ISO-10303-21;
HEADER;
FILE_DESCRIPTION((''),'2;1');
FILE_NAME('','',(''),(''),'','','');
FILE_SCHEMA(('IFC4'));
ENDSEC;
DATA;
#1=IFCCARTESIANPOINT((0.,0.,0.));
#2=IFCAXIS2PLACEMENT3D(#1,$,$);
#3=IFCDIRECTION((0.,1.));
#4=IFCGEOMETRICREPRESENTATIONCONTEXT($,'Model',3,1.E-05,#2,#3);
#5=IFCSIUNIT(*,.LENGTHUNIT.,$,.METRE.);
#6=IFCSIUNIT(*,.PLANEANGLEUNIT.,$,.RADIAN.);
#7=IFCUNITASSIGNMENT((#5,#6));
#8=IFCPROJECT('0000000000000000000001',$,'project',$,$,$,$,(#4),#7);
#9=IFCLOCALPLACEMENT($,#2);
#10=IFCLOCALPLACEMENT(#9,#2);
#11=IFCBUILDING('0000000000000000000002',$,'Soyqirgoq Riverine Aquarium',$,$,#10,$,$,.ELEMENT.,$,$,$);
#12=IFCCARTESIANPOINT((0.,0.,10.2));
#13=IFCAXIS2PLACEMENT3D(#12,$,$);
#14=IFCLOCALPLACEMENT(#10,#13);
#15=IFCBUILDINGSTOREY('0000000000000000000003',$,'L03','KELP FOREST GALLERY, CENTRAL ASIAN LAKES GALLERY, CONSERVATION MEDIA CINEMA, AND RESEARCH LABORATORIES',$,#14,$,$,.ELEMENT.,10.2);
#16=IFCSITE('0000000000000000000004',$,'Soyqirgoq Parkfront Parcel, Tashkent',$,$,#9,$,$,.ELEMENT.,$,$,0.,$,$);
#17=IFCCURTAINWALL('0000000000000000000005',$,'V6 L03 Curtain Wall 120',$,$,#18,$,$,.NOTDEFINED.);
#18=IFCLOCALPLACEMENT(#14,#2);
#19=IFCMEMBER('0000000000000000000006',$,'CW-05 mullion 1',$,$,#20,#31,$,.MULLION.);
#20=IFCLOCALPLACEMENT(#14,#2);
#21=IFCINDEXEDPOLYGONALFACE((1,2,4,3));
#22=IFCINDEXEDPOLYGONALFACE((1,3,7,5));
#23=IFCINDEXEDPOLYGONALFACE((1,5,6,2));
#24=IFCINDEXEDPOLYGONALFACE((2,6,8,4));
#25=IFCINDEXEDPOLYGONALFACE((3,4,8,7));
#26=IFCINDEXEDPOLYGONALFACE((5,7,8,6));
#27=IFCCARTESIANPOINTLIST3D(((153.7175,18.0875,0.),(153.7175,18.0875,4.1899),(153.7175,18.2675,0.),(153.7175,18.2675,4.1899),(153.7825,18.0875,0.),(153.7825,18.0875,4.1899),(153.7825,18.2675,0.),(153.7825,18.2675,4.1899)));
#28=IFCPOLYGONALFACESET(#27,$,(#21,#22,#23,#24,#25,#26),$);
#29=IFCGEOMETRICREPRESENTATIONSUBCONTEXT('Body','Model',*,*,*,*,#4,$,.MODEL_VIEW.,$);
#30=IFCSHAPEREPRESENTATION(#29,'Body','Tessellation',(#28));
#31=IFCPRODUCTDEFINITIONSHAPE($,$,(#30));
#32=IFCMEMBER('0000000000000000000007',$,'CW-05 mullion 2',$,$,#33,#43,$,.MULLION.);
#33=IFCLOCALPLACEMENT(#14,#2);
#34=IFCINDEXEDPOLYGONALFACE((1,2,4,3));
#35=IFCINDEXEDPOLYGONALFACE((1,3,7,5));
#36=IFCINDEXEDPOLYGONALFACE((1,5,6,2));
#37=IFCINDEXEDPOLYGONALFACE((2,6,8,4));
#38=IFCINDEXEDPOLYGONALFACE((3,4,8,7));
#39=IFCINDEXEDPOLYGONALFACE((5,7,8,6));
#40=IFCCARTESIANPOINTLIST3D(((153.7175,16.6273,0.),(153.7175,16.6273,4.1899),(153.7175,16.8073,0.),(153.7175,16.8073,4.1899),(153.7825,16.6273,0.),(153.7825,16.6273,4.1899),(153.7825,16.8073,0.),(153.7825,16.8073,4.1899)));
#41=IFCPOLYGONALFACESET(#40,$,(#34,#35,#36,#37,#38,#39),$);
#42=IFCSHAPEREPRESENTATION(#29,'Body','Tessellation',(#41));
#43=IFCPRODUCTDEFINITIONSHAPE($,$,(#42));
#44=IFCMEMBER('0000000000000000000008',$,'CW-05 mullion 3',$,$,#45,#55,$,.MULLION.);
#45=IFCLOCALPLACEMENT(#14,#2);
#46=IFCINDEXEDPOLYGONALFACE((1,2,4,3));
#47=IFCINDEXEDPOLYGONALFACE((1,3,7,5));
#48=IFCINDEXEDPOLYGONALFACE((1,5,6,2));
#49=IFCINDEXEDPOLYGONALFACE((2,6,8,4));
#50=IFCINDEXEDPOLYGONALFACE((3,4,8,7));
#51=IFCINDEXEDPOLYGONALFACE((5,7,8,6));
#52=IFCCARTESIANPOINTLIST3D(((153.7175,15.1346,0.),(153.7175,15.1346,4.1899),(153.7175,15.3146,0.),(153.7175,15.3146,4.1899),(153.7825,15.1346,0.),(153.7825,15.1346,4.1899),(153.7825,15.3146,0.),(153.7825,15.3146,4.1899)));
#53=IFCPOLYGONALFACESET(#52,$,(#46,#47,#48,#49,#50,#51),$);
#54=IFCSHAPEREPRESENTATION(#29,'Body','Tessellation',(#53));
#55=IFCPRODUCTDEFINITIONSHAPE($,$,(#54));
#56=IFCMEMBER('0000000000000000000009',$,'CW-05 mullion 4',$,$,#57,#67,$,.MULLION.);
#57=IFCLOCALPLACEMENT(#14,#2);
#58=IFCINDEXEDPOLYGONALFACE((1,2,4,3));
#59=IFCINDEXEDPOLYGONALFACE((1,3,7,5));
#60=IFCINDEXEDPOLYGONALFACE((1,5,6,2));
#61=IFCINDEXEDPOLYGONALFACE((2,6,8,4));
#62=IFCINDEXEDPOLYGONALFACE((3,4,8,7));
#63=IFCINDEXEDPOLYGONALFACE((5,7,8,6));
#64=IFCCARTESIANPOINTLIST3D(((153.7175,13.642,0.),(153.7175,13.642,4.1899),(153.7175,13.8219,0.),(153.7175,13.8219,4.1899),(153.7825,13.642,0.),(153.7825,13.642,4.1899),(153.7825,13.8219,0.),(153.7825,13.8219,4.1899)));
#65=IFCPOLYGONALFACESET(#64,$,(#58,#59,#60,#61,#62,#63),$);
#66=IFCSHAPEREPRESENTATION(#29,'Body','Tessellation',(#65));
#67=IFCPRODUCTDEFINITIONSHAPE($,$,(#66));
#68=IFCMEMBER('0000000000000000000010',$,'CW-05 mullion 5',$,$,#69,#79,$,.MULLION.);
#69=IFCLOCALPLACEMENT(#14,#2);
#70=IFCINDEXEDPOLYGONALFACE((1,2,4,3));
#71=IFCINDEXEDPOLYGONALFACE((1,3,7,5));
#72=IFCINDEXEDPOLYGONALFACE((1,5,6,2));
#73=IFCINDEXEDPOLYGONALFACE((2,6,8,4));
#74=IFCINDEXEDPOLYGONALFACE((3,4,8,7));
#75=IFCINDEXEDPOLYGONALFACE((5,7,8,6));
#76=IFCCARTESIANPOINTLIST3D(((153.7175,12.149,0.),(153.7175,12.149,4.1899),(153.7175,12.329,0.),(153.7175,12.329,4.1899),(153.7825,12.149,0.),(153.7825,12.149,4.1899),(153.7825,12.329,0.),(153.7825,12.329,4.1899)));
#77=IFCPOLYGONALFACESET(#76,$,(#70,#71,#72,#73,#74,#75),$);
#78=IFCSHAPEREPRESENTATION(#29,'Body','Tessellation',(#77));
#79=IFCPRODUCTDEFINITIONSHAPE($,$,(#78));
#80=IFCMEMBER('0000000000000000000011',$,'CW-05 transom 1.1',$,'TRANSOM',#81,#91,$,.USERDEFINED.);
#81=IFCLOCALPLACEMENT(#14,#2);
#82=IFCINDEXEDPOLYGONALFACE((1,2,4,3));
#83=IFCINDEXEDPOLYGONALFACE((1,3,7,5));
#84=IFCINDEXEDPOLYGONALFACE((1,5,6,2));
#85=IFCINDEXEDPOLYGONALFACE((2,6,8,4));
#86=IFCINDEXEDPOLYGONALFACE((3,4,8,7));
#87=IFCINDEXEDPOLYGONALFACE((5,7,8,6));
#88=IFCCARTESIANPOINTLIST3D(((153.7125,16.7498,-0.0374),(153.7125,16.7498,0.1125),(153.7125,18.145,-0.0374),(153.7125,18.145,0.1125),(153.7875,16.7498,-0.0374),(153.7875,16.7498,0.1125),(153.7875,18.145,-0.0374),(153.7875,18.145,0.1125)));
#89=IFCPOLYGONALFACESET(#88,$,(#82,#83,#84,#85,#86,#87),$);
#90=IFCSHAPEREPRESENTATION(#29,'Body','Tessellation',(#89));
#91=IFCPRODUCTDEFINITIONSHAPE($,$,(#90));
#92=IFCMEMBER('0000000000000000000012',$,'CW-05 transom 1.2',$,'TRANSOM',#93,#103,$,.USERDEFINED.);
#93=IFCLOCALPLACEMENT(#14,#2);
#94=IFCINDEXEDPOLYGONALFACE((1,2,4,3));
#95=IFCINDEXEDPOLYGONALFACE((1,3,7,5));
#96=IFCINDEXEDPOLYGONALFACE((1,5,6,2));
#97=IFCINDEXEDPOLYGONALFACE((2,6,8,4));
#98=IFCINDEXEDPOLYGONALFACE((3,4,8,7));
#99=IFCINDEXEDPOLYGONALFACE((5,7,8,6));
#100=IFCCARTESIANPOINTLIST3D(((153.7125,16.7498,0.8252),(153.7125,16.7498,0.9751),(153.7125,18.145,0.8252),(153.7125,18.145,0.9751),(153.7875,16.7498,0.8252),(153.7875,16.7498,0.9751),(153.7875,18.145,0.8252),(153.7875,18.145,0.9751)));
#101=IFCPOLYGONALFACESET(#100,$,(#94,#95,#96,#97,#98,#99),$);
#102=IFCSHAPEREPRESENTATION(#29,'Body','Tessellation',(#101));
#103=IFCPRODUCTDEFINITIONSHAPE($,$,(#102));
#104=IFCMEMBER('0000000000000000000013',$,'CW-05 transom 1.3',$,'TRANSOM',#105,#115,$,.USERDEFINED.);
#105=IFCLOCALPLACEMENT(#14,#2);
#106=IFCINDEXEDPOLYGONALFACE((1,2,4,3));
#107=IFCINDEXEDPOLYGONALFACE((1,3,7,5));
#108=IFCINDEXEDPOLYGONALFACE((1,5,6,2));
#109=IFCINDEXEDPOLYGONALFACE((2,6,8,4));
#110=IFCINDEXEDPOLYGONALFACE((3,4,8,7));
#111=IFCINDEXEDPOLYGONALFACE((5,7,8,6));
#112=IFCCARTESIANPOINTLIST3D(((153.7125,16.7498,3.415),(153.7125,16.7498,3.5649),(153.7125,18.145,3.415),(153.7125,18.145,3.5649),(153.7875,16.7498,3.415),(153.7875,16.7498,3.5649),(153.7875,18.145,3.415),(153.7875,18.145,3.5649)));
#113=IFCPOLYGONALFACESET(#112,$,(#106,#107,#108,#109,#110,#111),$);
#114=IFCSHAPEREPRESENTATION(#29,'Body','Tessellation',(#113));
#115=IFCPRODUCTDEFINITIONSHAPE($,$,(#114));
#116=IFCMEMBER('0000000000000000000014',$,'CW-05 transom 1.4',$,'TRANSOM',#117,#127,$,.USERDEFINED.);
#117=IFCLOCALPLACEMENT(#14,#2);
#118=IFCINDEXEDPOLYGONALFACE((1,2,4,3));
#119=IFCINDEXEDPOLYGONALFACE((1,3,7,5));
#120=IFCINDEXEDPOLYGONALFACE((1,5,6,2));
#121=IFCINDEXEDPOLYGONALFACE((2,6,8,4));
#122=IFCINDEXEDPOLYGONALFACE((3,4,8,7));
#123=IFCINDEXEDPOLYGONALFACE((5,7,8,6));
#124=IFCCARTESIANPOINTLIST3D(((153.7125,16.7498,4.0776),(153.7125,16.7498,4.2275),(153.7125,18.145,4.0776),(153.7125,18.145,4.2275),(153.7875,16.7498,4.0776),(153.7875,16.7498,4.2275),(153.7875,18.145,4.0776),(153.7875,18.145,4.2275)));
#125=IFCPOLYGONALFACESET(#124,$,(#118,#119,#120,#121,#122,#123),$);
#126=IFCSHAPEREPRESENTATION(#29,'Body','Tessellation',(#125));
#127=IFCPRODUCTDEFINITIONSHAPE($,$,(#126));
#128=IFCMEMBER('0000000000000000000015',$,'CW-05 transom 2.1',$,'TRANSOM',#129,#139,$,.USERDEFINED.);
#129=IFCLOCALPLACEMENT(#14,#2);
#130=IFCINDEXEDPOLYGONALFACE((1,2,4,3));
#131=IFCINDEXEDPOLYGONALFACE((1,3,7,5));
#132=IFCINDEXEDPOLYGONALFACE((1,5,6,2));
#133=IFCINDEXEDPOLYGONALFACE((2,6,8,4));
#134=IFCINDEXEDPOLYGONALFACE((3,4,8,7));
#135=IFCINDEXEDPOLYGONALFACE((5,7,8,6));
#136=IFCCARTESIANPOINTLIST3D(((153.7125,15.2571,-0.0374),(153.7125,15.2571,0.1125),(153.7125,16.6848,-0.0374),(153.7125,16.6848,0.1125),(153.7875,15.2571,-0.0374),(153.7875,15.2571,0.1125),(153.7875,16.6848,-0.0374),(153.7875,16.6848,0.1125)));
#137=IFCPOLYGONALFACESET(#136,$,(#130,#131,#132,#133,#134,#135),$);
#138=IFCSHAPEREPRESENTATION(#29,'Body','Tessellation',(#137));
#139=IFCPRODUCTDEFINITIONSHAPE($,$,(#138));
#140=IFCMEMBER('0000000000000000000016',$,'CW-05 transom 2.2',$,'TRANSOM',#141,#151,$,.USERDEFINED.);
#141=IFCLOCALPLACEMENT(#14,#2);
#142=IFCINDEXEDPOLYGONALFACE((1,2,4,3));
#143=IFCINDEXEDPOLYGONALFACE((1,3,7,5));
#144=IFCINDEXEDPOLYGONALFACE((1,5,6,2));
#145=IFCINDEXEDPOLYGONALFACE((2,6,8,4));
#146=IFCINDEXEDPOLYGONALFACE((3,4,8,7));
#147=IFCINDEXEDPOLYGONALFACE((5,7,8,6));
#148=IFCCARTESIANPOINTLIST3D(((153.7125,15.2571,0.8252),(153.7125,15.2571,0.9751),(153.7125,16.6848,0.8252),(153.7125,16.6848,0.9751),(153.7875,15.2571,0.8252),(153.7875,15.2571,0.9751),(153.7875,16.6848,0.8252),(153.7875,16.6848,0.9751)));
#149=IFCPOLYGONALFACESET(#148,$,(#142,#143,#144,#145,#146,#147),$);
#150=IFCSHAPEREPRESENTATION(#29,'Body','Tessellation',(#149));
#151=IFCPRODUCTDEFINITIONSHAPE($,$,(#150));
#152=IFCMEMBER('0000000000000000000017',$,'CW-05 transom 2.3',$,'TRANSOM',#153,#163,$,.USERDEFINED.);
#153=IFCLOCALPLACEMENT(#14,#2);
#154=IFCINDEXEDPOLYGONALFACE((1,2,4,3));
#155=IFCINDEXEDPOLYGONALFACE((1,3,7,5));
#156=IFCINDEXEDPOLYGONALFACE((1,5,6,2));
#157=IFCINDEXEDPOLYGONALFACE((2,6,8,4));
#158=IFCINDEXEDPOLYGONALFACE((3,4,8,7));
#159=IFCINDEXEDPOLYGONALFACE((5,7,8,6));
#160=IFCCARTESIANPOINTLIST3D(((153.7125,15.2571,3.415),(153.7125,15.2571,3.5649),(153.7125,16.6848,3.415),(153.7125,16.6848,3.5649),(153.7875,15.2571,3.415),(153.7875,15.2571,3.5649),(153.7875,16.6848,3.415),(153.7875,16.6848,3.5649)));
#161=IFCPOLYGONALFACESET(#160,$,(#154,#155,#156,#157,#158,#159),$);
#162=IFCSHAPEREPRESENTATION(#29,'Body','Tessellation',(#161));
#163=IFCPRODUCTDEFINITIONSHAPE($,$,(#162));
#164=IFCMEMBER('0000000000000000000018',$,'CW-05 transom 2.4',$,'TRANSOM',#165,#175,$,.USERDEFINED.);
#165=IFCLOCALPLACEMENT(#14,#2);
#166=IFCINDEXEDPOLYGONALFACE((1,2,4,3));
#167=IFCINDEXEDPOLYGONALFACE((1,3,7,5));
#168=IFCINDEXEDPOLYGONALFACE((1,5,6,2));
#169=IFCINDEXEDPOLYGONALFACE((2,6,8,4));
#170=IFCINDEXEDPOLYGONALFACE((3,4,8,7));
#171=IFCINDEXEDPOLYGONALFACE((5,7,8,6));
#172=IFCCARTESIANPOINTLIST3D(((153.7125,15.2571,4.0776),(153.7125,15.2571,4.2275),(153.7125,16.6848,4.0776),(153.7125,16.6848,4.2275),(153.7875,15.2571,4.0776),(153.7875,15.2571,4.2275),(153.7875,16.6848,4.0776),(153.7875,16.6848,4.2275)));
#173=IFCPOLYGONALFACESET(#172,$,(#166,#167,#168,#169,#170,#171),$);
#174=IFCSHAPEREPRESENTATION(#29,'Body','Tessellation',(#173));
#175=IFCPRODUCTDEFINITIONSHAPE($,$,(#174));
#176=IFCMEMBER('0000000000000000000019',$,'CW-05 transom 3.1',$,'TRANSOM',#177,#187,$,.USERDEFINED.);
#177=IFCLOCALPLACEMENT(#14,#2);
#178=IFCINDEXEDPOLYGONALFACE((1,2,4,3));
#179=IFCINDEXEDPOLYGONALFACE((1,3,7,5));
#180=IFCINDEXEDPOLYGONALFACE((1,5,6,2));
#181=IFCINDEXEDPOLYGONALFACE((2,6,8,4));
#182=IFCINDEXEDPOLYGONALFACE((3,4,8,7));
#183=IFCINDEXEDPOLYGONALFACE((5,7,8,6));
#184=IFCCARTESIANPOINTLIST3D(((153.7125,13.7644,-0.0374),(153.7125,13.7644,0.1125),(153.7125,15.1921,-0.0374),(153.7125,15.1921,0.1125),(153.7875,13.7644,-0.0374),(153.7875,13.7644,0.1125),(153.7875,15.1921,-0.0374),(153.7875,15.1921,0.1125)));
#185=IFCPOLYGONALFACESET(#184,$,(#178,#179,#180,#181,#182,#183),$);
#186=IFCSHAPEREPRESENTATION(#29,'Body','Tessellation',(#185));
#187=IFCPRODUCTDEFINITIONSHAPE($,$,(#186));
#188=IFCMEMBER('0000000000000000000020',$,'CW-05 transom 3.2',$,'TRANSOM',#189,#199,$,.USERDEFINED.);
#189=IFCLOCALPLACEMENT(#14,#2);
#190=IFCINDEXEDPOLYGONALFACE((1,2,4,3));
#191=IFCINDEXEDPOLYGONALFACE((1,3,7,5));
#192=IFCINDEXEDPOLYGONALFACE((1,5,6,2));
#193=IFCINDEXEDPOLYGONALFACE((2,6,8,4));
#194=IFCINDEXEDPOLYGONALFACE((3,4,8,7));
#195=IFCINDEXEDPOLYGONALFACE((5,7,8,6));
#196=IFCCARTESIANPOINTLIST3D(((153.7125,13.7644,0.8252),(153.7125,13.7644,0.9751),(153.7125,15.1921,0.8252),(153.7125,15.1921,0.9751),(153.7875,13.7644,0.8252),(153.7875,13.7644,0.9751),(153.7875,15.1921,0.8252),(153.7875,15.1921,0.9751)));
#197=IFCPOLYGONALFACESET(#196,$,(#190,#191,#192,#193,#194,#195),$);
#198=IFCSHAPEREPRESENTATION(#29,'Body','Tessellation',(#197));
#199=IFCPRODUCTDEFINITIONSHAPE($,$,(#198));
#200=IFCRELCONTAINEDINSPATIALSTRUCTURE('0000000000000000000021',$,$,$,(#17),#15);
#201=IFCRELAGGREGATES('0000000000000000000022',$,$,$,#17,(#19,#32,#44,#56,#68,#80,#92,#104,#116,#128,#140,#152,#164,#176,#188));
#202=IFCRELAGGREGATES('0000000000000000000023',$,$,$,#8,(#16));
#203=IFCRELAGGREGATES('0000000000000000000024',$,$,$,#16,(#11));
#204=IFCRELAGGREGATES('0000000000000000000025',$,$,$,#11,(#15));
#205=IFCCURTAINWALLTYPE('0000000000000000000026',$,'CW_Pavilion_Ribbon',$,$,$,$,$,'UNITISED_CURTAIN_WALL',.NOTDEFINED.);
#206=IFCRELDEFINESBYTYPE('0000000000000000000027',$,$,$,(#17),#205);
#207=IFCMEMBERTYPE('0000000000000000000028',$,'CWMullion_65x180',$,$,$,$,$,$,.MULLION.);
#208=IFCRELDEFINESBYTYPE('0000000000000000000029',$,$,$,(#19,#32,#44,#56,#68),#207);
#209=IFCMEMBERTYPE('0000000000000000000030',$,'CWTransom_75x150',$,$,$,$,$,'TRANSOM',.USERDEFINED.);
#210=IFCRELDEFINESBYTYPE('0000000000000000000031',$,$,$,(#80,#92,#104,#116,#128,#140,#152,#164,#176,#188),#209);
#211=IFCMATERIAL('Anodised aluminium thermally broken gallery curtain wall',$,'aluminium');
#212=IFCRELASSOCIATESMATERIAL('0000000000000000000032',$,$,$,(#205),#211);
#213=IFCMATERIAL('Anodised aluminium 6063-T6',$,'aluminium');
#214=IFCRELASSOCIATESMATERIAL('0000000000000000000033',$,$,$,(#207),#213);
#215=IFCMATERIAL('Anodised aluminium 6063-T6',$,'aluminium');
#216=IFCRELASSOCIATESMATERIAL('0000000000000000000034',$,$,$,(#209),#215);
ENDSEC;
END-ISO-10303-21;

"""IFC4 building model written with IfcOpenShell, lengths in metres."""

from ifc_helpers import new_model, si_unit, direction, frame, origin, origin_2d, place, context, subcontext, project, spatial, rectangle, extrude, material, material_profile, profile_set, type_object, element, aggregate, save


model = new_model("IFC4")

# Units and contexts
model_context = context("Model", 3, precision=1e-05, world=origin(), true_north=direction((0.0, 1.0)))
body_context = subcontext(model_context, "Body", "Model", "MODEL_VIEW")
ifc_project = project(units=[si_unit("LENGTHUNIT", "METRE"), si_unit("PLANEANGLEUNIT", "RADIAN")], contexts=[model_context])

# Site, building, storey
site_placement = place(None, origin())
site = spatial("IfcSite", under=ifc_project, at=site_placement, Name="Soyqirgoq Parkfront Parcel, Tashkent", CompositionType="ELEMENT", RefElevation=0.0)
building_placement = place(site_placement, origin())
building = spatial("IfcBuilding", under=site, at=building_placement, Name="Soyqirgoq Riverine Aquarium", CompositionType="ELEMENT")
storey_placement = place(building_placement, frame((0.0, 0.0, 10.2)))
storey = spatial("IfcBuildingStorey", under=building, at=storey_placement, Name="L03", Description="KELP FOREST GALLERY, CENTRAL ASIAN LAKES GALLERY, CONSERVATION MEDIA CINEMA, AND RESEARCH LABORATORIES", CompositionType="ELEMENT", Elevation=10.2)

# Curtain wall, members
ifc_material_1 = material(Name="Anodised aluminium thermally broken gallery curtain wall", Category="aluminium")
curtain_wall_type = type_object("IfcCurtainWallType", Name="CW_Pavilion_Ribbon", ElementType="UNITISED_CURTAIN_WALL", PredefinedType="NOTDEFINED", material=ifc_material_1)
curtain_wall_placement = place(storey_placement, origin())
curtain_wall = element("IfcCurtainWall", 1, at=curtain_wall_placement, inside=storey, type_object=curtain_wall_type, Name="V6 L03 Curtain Wall 120", PredefinedType="NOTDEFINED")
ifc_material_2 = material(Name="Anodised aluminium 6063-T6", Category="aluminium")
ifc_material_profile_1 = material_profile(ifc_material_2, rectangle(XDim=0.0649, YDim=0.1799, at=origin_2d()), Name="ALU-M 65x180")
ifc_profile_set_1 = profile_set([ifc_material_profile_1], Name="Anodised aluminium 6063-T6")
member_type_1 = type_object("IfcMemberType", Name="CWMullion_65x180", PredefinedType="MULLION", material=ifc_profile_set_1)
member_1_placement = place(storey_placement, frame((153.75, 18.1775, 0.0), z_axis=(0.0, 0.0, 1.0), x_axis=(1.0, 0.0, 0.0)))
member_1 = element("IfcMember", 2, at=member_1_placement, type_object=member_type_1, Name="CW-05 mullion 1", PredefinedType="MULLION", context=body_context, shape_type="SweptSolid", body=[
    extrude(rectangle(XDim=0.0649, YDim=0.1799, at=origin_2d()), origin(), (0.0, 0.0, 1.0), 4.1899),
])
member_2_placement = place(storey_placement, frame((153.75, 16.7173, 0.0), z_axis=(0.0, 0.0, 1.0), x_axis=(1.0, 0.0, 0.0)))
member_2 = element("IfcMember", 3, at=member_2_placement, type_object=member_type_1, Name="CW-05 mullion 2", PredefinedType="MULLION", context=body_context, shape_type="SweptSolid", body=[
    extrude(rectangle(XDim=0.0649, YDim=0.1799, at=origin_2d()), origin(), (0.0, 0.0, 1.0), 4.1899),
])
member_3_placement = place(storey_placement, frame((153.75, 15.2246, 0.0), z_axis=(0.0, 0.0, 1.0), x_axis=(1.0, 0.0, 0.0)))
member_3 = element("IfcMember", 4, at=member_3_placement, type_object=member_type_1, Name="CW-05 mullion 3", PredefinedType="MULLION", context=body_context, shape_type="SweptSolid", body=[
    extrude(rectangle(XDim=0.0649, YDim=0.1799, at=origin_2d()), origin(), (0.0, 0.0, 1.0), 4.1899),
])
member_4_placement = place(storey_placement, frame((153.75, 13.7319, 0.0), z_axis=(0.0, 0.0, 1.0), x_axis=(1.0, 0.0, 0.0)))
member_4 = element("IfcMember", 5, at=member_4_placement, type_object=member_type_1, Name="CW-05 mullion 4", PredefinedType="MULLION", context=body_context, shape_type="SweptSolid", body=[
    extrude(rectangle(XDim=0.0649, YDim=0.1799, at=origin_2d()), origin(), (0.0, 0.0, 1.0), 4.1899),
])
member_5_placement = place(storey_placement, frame((153.75, 12.239, 0.0), z_axis=(0.0, 0.0, 1.0), x_axis=(1.0, 0.0, 0.0)))
member_5 = element("IfcMember", 6, at=member_5_placement, type_object=member_type_1, Name="CW-05 mullion 5", PredefinedType="MULLION", context=body_context, shape_type="SweptSolid", body=[
    extrude(rectangle(XDim=0.0649, YDim=0.1799, at=origin_2d()), origin(), (0.0, 0.0, 1.0), 4.1899),
])
ifc_material_3 = material(Name="Anodised aluminium 6063-T6", Category="aluminium")
ifc_material_profile_2 = material_profile(ifc_material_3, rectangle(XDim=0.075, YDim=0.1499, at=origin_2d()), Name="ALU-T 75x150")
ifc_profile_set_2 = profile_set([ifc_material_profile_2], Name="Anodised aluminium 6063-T6")
member_type_2 = type_object("IfcMemberType", Name="CWTransom_75x150", ElementType="TRANSOM", PredefinedType="USERDEFINED", material=ifc_profile_set_2)
member_6_placement = place(storey_placement, frame((153.75, 18.145, 0.0376), z_axis=(0.0, -1.0, 0.0), x_axis=(1.0, 0.0, 0.0)))
member_6 = element("IfcMember", 7, at=member_6_placement, type_object=member_type_2, Name="CW-05 transom 1.1", ObjectType="TRANSOM", PredefinedType="USERDEFINED", context=body_context, shape_type="SweptSolid", body=[
    extrude(rectangle(XDim=0.075, YDim=0.1499, at=origin_2d()), origin(), (0.0, 0.0, 1.0), 1.3953),
])
member_7_placement = place(storey_placement, frame((153.75, 18.145, 0.9001), z_axis=(0.0, -1.0, 0.0), x_axis=(1.0, 0.0, 0.0)))
member_7 = element("IfcMember", 8, at=member_7_placement, type_object=member_type_2, Name="CW-05 transom 1.2", ObjectType="TRANSOM", PredefinedType="USERDEFINED", context=body_context, shape_type="SweptSolid", body=[
    extrude(rectangle(XDim=0.075, YDim=0.1499, at=origin_2d()), origin(), (0.0, 0.0, 1.0), 1.3953),
])
member_8_placement = place(storey_placement, frame((153.75, 18.145, 3.49), z_axis=(0.0, -1.0, 0.0), x_axis=(1.0, 0.0, 0.0)))
member_8 = element("IfcMember", 9, at=member_8_placement, type_object=member_type_2, Name="CW-05 transom 1.3", ObjectType="TRANSOM", PredefinedType="USERDEFINED", context=body_context, shape_type="SweptSolid", body=[
    extrude(rectangle(XDim=0.075, YDim=0.1499, at=origin_2d()), origin(), (0.0, 0.0, 1.0), 1.3953),
])
member_9_placement = place(storey_placement, frame((153.75, 18.145, 4.1526), z_axis=(0.0, -1.0, 0.0), x_axis=(1.0, 0.0, 0.0)))
member_9 = element("IfcMember", 10, at=member_9_placement, type_object=member_type_2, Name="CW-05 transom 1.4", ObjectType="TRANSOM", PredefinedType="USERDEFINED", context=body_context, shape_type="SweptSolid", body=[
    extrude(rectangle(XDim=0.075, YDim=0.1499, at=origin_2d()), origin(), (0.0, 0.0, 1.0), 1.3953),
])
member_10_placement = place(storey_placement, frame((153.75, 16.6848, 0.0376), z_axis=(0.0, -1.0, 0.0), x_axis=(1.0, 0.0, 0.0)))
member_10 = element("IfcMember", 11, at=member_10_placement, type_object=member_type_2, Name="CW-05 transom 2.1", ObjectType="TRANSOM", PredefinedType="USERDEFINED", context=body_context, shape_type="SweptSolid", body=[
    extrude(rectangle(XDim=0.075, YDim=0.1499, at=origin_2d()), origin(), (0.0, 0.0, 1.0), 1.4277),
])
member_11_placement = place(storey_placement, frame((153.75, 16.6848, 0.9001), z_axis=(0.0, -1.0, 0.0), x_axis=(1.0, 0.0, 0.0)))
member_11 = element("IfcMember", 12, at=member_11_placement, type_object=member_type_2, Name="CW-05 transom 2.2", ObjectType="TRANSOM", PredefinedType="USERDEFINED", context=body_context, shape_type="SweptSolid", body=[
    extrude(rectangle(XDim=0.075, YDim=0.1499, at=origin_2d()), origin(), (0.0, 0.0, 1.0), 1.4277),
])
member_12_placement = place(storey_placement, frame((153.75, 16.6848, 3.49), z_axis=(0.0, -1.0, 0.0), x_axis=(1.0, 0.0, 0.0)))
member_12 = element("IfcMember", 13, at=member_12_placement, type_object=member_type_2, Name="CW-05 transom 2.3", ObjectType="TRANSOM", PredefinedType="USERDEFINED", context=body_context, shape_type="SweptSolid", body=[
    extrude(rectangle(XDim=0.075, YDim=0.1499, at=origin_2d()), origin(), (0.0, 0.0, 1.0), 1.4277),
])
member_13_placement = place(storey_placement, frame((153.75, 16.6848, 4.1526), z_axis=(0.0, -1.0, 0.0), x_axis=(1.0, 0.0, 0.0)))
member_13 = element("IfcMember", 14, at=member_13_placement, type_object=member_type_2, Name="CW-05 transom 2.4", ObjectType="TRANSOM", PredefinedType="USERDEFINED", context=body_context, shape_type="SweptSolid", body=[
    extrude(rectangle(XDim=0.075, YDim=0.1499, at=origin_2d()), origin(), (0.0, 0.0, 1.0), 1.4277),
])
member_14_placement = place(storey_placement, frame((153.75, 15.1921, 0.0376), z_axis=(0.0, -1.0, 0.0), x_axis=(1.0, 0.0, 0.0)))
member_14 = element("IfcMember", 15, at=member_14_placement, type_object=member_type_2, Name="CW-05 transom 3.1", ObjectType="TRANSOM", PredefinedType="USERDEFINED", context=body_context, shape_type="SweptSolid", body=[
    extrude(rectangle(XDim=0.075, YDim=0.1499, at=origin_2d()), origin(), (0.0, 0.0, 1.0), 1.4277),
])
member_15_placement = place(storey_placement, frame((153.75, 15.1921, 0.9001), z_axis=(0.0, -1.0, 0.0), x_axis=(1.0, 0.0, 0.0)))
member_15 = element("IfcMember", 16, at=member_15_placement, type_object=member_type_2, Name="CW-05 transom 3.2", ObjectType="TRANSOM", PredefinedType="USERDEFINED", context=body_context, shape_type="SweptSolid", body=[
    extrude(rectangle(XDim=0.075, YDim=0.1499, at=origin_2d()), origin(), (0.0, 0.0, 1.0), 1.4277),
])
aggregate(curtain_wall, [member_1, member_2, member_3, member_4, member_5, member_6, member_7, member_8, member_9, member_10, member_11, member_12, member_13, member_14, member_15])

save(model, "model.ifc")
